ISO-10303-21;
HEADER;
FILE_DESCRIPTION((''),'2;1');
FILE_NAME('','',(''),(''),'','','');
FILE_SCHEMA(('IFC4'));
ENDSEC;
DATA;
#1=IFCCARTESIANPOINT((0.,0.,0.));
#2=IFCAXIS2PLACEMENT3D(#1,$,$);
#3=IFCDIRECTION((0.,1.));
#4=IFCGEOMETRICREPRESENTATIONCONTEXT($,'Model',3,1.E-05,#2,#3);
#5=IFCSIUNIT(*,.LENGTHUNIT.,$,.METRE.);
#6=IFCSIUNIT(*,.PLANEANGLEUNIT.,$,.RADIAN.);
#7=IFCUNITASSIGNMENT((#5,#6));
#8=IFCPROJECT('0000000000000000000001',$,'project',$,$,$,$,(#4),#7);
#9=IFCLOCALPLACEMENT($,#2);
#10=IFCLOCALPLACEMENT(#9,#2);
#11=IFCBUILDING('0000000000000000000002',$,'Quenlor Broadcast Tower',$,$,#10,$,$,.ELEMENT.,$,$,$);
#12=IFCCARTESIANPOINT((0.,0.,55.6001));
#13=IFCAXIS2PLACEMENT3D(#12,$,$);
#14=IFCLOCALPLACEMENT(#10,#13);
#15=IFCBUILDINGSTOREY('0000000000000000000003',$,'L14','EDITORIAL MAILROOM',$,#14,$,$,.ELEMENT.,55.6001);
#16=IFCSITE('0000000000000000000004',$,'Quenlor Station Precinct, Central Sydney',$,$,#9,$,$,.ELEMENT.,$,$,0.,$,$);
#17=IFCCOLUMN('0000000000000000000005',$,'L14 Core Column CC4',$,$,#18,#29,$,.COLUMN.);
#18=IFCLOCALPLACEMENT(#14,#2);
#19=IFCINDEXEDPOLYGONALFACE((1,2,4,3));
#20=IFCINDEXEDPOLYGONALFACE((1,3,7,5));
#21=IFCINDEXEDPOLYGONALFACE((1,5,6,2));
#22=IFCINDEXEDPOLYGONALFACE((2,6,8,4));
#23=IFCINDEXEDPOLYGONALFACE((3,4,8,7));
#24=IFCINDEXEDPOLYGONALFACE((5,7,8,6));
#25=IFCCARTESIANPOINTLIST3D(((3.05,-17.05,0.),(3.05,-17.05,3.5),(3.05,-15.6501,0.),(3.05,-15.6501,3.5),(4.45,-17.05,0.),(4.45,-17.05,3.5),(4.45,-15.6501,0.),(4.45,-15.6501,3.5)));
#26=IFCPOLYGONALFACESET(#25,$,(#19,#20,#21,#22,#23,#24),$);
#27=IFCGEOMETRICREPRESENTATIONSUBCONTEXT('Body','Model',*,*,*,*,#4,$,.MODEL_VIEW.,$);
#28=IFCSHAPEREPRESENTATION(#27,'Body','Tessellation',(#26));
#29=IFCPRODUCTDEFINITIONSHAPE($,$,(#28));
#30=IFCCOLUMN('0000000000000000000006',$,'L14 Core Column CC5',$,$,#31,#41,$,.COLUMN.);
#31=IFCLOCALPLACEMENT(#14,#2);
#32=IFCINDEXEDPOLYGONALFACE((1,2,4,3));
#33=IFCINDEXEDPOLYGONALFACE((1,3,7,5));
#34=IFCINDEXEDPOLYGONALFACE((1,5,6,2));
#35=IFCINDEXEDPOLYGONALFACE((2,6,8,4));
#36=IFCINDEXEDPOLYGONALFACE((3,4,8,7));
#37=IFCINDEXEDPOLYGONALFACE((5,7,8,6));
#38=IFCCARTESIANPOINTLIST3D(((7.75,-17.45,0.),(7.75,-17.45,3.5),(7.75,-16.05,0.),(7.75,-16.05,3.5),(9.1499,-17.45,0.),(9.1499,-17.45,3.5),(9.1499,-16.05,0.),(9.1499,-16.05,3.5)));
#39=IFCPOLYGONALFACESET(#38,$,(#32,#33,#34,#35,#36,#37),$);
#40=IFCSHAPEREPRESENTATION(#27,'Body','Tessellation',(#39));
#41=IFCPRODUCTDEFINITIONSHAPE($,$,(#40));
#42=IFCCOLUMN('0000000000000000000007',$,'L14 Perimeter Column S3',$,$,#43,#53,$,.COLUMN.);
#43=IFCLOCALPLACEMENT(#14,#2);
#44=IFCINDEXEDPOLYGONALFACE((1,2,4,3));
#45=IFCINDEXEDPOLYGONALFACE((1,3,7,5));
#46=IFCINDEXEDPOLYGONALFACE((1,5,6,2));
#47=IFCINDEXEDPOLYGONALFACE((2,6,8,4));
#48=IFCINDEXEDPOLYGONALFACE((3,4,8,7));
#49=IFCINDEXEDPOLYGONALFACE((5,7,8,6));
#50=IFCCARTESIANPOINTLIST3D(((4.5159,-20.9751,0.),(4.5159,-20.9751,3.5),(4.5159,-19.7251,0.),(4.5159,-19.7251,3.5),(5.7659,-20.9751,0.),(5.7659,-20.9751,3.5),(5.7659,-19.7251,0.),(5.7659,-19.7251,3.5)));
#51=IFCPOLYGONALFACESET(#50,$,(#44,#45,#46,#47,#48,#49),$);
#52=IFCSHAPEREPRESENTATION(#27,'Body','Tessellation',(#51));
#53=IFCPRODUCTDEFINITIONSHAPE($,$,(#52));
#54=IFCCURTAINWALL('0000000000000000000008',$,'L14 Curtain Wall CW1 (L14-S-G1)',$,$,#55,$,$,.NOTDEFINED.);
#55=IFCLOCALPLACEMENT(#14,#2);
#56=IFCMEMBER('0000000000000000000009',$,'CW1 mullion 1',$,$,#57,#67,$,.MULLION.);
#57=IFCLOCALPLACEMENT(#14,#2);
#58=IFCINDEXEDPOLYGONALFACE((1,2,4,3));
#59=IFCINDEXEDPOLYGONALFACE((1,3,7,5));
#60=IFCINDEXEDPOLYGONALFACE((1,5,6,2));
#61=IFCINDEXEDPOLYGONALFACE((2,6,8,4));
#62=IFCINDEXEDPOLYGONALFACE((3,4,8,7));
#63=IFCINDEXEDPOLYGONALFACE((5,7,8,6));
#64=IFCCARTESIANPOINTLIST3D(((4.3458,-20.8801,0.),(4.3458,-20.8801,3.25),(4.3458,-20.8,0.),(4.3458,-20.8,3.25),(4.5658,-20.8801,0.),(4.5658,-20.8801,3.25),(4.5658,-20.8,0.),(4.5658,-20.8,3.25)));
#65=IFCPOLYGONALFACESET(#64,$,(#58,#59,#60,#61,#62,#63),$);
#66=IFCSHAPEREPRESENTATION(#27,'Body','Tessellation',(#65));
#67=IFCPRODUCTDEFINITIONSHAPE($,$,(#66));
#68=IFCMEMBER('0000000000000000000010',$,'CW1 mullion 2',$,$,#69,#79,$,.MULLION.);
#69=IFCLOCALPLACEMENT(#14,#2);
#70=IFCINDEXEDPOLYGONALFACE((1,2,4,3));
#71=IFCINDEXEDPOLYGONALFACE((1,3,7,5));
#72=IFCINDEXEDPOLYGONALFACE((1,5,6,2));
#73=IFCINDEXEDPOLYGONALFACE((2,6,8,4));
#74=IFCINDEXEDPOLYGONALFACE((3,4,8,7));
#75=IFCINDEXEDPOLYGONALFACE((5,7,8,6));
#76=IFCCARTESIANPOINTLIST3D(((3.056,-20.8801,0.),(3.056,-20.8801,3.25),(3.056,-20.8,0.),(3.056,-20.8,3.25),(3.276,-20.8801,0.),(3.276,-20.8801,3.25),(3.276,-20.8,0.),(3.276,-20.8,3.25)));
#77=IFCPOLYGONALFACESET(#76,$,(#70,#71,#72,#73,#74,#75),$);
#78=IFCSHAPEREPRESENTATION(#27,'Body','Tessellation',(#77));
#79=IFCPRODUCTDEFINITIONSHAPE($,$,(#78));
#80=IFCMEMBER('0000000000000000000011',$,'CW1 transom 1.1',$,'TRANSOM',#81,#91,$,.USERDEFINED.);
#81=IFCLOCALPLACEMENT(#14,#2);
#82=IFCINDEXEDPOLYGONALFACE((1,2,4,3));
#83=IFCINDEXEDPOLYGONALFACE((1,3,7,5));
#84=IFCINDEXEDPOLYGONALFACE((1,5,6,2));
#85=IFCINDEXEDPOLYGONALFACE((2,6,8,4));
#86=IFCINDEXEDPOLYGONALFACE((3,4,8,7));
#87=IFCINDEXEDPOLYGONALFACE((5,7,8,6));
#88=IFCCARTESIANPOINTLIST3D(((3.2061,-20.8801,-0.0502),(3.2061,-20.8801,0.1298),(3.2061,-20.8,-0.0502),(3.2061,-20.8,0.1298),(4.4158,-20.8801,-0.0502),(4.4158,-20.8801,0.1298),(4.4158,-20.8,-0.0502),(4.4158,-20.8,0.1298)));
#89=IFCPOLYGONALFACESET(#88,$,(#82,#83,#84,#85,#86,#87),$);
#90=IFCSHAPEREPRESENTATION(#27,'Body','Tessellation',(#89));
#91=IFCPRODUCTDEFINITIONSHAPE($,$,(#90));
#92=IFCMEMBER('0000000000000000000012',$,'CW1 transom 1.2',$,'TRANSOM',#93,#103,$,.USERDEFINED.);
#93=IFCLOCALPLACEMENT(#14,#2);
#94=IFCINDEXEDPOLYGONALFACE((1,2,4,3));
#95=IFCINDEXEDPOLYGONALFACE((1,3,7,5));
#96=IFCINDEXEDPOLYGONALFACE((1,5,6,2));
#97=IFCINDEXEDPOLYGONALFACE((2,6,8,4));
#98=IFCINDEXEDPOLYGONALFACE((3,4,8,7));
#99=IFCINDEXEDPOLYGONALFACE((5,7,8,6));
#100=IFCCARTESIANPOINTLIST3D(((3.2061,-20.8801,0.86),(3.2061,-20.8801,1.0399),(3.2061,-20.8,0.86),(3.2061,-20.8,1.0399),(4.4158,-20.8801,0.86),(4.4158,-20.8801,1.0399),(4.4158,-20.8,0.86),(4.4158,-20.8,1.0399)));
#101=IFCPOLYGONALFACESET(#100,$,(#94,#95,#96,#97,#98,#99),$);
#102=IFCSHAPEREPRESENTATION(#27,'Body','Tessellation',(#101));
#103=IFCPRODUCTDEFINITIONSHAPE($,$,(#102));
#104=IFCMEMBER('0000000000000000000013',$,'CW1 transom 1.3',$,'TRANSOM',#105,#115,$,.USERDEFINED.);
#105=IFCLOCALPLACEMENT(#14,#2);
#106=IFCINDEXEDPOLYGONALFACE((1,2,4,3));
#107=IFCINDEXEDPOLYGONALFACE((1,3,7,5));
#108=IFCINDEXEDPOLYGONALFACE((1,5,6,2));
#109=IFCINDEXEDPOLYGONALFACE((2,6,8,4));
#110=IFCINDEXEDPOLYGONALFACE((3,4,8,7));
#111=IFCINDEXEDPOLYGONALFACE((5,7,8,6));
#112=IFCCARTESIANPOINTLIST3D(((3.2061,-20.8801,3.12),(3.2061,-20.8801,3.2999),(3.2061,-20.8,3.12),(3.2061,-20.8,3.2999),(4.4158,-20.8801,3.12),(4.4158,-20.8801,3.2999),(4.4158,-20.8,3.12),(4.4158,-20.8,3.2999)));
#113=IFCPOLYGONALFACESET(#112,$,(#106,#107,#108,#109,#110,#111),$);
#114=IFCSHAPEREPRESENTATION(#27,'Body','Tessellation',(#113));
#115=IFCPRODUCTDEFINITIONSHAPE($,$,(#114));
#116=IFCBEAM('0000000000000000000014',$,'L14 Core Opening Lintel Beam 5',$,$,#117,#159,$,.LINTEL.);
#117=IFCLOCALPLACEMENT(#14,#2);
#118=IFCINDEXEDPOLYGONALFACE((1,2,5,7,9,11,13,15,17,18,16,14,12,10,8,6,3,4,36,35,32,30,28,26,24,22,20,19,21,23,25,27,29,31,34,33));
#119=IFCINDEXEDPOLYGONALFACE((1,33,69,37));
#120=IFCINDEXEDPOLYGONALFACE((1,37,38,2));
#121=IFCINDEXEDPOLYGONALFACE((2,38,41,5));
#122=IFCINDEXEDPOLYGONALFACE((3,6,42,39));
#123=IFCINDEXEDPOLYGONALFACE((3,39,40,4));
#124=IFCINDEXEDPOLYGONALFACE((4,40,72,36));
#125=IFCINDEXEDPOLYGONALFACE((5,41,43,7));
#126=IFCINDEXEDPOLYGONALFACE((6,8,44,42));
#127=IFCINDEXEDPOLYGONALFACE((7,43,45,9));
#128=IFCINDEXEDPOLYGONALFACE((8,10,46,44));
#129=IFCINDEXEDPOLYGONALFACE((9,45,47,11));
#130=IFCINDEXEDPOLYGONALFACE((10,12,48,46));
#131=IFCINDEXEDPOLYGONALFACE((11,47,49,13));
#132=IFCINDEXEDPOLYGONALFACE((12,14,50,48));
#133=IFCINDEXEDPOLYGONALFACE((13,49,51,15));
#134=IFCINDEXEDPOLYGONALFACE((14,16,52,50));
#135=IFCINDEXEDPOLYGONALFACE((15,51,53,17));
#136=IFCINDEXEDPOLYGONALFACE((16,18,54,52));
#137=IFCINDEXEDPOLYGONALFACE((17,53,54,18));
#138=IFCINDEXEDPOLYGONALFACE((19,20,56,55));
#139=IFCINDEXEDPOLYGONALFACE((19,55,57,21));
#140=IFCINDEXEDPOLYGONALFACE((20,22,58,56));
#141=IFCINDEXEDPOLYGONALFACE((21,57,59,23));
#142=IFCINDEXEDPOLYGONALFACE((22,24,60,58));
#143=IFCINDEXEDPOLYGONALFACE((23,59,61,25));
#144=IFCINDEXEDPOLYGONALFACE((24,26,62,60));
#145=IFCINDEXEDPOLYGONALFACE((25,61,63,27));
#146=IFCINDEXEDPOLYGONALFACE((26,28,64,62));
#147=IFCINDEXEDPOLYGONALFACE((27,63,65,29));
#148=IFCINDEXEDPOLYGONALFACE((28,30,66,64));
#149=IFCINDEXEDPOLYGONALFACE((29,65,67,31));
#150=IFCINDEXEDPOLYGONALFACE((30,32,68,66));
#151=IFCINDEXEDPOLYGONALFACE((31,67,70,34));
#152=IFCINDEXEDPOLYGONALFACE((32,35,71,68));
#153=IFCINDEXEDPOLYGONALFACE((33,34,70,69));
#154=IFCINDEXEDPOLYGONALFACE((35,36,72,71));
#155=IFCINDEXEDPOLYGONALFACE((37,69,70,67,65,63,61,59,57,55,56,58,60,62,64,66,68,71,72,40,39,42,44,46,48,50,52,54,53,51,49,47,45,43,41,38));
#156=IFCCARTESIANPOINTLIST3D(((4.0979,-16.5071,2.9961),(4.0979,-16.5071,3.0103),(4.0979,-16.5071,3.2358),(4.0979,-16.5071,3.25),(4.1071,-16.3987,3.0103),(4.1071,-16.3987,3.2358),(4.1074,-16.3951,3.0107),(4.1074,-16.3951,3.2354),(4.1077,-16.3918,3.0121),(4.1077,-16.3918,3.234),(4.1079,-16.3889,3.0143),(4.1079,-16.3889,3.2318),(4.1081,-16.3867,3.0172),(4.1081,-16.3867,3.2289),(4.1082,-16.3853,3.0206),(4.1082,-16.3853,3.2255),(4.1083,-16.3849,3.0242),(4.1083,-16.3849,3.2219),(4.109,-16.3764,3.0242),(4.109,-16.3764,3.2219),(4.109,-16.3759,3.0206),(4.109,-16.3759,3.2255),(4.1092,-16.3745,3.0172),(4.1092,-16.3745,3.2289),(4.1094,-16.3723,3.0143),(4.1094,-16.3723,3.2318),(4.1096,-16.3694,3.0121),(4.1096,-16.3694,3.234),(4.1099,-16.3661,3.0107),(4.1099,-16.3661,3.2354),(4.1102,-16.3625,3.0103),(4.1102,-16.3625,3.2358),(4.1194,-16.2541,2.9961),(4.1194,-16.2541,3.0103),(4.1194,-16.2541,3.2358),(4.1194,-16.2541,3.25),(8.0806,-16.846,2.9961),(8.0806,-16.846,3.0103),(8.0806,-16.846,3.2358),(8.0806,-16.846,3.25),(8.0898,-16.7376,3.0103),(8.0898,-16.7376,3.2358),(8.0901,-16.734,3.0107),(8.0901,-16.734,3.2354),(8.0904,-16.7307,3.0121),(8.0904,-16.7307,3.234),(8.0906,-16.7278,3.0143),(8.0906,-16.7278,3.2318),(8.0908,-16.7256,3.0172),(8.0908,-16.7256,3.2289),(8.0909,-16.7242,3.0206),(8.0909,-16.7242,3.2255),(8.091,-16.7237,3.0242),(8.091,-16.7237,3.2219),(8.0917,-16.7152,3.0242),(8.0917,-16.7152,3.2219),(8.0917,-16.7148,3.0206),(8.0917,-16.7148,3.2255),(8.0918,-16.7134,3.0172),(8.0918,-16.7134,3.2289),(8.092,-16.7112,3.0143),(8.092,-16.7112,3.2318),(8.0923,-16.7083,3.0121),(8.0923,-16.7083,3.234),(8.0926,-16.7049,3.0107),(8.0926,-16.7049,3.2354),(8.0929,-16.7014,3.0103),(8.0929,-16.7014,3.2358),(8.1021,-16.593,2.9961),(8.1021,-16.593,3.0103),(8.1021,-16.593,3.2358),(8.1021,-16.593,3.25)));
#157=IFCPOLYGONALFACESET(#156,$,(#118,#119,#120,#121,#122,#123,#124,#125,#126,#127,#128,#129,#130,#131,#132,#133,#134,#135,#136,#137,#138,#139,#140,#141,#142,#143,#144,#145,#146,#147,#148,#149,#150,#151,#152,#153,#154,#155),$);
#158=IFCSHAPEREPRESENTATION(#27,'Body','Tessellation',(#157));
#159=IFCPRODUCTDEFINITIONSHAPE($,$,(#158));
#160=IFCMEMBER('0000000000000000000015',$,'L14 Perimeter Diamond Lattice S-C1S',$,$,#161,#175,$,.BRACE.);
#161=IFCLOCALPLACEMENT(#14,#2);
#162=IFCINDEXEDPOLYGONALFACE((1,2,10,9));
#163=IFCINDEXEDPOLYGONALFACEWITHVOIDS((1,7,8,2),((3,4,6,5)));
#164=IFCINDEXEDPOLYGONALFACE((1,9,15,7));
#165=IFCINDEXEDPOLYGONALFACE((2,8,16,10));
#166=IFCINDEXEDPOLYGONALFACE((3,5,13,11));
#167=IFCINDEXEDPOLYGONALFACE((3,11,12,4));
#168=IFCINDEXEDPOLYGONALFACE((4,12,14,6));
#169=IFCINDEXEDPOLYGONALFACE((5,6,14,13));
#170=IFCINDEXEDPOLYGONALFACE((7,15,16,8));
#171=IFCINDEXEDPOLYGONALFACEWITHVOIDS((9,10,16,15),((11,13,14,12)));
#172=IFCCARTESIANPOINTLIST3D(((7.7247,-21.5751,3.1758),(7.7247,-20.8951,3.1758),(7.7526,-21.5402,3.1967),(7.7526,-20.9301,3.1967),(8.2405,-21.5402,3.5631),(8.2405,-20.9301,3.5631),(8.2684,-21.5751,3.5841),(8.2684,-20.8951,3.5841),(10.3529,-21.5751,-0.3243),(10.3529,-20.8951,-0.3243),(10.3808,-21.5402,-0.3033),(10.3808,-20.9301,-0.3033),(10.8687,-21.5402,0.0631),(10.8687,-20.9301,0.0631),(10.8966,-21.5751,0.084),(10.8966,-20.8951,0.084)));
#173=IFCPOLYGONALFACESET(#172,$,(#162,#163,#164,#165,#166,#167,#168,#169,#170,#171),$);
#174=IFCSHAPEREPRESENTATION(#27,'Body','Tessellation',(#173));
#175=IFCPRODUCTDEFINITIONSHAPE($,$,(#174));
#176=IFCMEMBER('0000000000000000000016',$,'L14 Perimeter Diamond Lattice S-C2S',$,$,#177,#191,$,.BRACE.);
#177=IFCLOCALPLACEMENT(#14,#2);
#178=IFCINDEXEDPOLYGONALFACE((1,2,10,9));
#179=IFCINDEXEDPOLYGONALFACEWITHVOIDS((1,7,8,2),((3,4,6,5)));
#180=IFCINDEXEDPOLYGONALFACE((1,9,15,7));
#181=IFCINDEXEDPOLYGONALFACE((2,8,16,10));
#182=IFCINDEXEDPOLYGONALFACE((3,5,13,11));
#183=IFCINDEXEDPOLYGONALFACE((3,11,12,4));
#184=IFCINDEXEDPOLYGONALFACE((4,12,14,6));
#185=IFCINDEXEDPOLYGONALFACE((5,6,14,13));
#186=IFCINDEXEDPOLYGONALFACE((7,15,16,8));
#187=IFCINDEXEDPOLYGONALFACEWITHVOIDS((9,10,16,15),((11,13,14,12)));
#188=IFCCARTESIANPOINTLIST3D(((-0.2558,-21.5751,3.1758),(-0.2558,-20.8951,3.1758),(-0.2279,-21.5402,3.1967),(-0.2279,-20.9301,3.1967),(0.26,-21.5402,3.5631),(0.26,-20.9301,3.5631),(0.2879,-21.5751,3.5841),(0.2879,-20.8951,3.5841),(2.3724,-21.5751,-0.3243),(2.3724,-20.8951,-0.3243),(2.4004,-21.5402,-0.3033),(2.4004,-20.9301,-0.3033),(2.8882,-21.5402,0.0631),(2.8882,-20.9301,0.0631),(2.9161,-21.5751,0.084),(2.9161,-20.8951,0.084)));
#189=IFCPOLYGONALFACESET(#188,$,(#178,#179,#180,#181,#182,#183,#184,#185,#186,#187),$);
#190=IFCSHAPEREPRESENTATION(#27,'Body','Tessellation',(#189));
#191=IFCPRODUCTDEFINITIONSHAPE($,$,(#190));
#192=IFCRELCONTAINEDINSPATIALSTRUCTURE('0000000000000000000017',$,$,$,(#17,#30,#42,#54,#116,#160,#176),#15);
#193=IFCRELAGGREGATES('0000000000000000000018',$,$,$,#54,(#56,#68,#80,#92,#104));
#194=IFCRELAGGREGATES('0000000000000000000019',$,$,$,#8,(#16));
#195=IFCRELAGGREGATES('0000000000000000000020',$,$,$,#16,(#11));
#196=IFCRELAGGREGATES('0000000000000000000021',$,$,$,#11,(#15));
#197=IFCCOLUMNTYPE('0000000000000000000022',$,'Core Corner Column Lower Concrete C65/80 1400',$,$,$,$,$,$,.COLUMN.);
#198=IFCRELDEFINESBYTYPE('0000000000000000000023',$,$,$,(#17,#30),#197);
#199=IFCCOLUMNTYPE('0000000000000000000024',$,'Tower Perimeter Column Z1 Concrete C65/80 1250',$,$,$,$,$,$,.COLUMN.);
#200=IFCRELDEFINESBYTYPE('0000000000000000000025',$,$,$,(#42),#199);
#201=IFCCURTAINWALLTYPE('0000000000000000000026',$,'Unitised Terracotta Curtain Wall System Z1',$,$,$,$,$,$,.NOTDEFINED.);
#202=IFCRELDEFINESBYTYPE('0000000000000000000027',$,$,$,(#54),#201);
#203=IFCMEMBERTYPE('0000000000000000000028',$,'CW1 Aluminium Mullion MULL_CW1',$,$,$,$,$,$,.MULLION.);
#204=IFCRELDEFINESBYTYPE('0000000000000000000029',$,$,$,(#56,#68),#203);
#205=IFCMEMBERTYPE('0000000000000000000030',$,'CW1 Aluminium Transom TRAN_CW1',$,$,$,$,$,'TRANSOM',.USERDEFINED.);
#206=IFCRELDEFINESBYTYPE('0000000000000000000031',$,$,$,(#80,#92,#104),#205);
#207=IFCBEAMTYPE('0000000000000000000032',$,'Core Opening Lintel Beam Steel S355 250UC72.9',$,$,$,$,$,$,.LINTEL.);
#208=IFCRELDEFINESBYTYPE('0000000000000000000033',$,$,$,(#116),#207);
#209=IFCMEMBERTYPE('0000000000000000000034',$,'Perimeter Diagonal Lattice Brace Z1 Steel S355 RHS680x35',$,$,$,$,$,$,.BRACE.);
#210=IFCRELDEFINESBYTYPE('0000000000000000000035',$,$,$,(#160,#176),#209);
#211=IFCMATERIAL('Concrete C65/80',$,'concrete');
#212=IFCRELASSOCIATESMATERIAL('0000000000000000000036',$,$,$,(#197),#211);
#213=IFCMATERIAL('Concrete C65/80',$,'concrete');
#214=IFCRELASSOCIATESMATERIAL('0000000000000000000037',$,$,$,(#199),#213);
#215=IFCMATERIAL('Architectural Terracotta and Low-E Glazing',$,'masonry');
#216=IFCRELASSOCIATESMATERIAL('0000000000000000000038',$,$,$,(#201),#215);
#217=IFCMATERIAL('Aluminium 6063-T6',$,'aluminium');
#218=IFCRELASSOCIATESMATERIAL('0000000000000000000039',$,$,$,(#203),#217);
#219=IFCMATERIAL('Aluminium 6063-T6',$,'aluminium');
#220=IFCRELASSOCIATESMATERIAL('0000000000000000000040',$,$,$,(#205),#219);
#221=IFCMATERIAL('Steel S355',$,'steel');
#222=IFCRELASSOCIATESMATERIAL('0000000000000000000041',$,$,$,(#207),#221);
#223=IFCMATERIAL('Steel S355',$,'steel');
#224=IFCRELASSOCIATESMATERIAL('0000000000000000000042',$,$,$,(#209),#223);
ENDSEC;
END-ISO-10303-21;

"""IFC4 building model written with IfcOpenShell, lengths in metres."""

from ifc_helpers import new_model, si_unit, direction, frame, origin, origin_2d, place, context, subcontext, project, spatial, rectangle, hollow_rectangle, i_section, extrude, material, material_profile, profile_set, type_object, element, aggregate, save


model = new_model("IFC4")

# Units and contexts
model_context = context("Model", 3, precision=1e-05, world=origin(), true_north=direction((0.0, 1.0)))
body_context = subcontext(model_context, "Body", "Model", "MODEL_VIEW")
ifc_project = project(units=[si_unit("LENGTHUNIT", "METRE"), si_unit("PLANEANGLEUNIT", "RADIAN")], contexts=[model_context])

# Site, building, storey
site_placement = place(None, origin())
site = spatial("IfcSite", under=ifc_project, at=site_placement, Name="Quenlor Station Precinct, Central Sydney", CompositionType="ELEMENT", RefElevation=0.0)
building_placement = place(site_placement, origin())
building = spatial("IfcBuilding", under=site, at=building_placement, Name="Quenlor Broadcast Tower", CompositionType="ELEMENT")
storey_placement = place(building_placement, frame((0.0, 0.0, 55.6001)))
storey = spatial("IfcBuildingStorey", under=building, at=storey_placement, Name="L14", Description="EDITORIAL MAILROOM", CompositionType="ELEMENT", Elevation=55.6001)

# Columns
ifc_material_1 = material(Name="Concrete C65/80", Category="concrete")
ifc_material_profile_1 = material_profile(ifc_material_1, rectangle(XDim=1.3999, YDim=1.3999, at=origin_2d()))
ifc_profile_set_1 = profile_set([ifc_material_profile_1], Name="Concrete C65/80 RC1400x1400")
column_type_1 = type_object("IfcColumnType", Name="Core Corner Column Lower Concrete C65/80 1400", PredefinedType="COLUMN", material=ifc_profile_set_1)
for number, where, z_axis, x_axis, name in (
    (1, (3.75, -16.3501, 0.0), (0.0, 0.0, 1.0), (1.0, 0.0, 0.0), "L14 Core Column CC4"),
    (2, (8.45, -16.75, 0.0), (0.0, 0.0, 1.0), (1.0, 0.0, 0.0), "L14 Core Column CC5"),
):
    element("IfcColumn", number, at=place(storey_placement, frame(where, z_axis=z_axis, x_axis=x_axis)), inside=storey, type_object=column_type_1, Name=name, PredefinedType="COLUMN", context=body_context, shape_type="SweptSolid", body=[
        extrude(rectangle(XDim=1.3999, YDim=1.3999, at=origin_2d()), origin(), (0.0, 0.0, 1.0), 3.5),
    ])
ifc_material_2 = material(Name="Concrete C65/80", Category="concrete")
ifc_material_profile_2 = material_profile(ifc_material_2, rectangle(XDim=1.25, YDim=1.25, at=origin_2d()))
ifc_profile_set_2 = profile_set([ifc_material_profile_2], Name="Concrete C65/80 RC1250x1250")
column_type_2 = type_object("IfcColumnType", Name="Tower Perimeter Column Z1 Concrete C65/80 1250", PredefinedType="COLUMN", material=ifc_profile_set_2)
column_placement = place(storey_placement, frame((5.1409, -20.3501, 0.0), z_axis=(0.0, 0.0, 1.0), x_axis=(0.0, 1.0, 0.0)))
element("IfcColumn", 3, at=column_placement, inside=storey, type_object=column_type_2, Name="L14 Perimeter Column S3", PredefinedType="COLUMN", context=body_context, shape_type="SweptSolid", body=[
    extrude(rectangle(XDim=1.25, YDim=1.25, at=origin_2d()), origin(), (0.0, 0.0, 1.0), 3.5),
])

# Curtain wall, members
ifc_material_3 = material(Name="Architectural Terracotta and Low-E Glazing", Category="masonry")
curtain_wall_type = type_object("IfcCurtainWallType", Name="Unitised Terracotta Curtain Wall System Z1", PredefinedType="NOTDEFINED", material=ifc_material_3)
curtain_wall_placement = place(storey_placement, origin())
curtain_wall = element("IfcCurtainWall", 4, at=curtain_wall_placement, inside=storey, type_object=curtain_wall_type, Name="L14 Curtain Wall CW1 (L14-S-G1)", PredefinedType="NOTDEFINED")
ifc_material_4 = material(Name="Aluminium 6063-T6", Category="aluminium")
ifc_material_profile_3 = material_profile(ifc_material_4, rectangle(XDim=0.0801, YDim=0.22, at=origin_2d()))
ifc_profile_set_3 = profile_set([ifc_material_profile_3], Name="Aluminium 6063-T6 MULL80x220")
member_type_1 = type_object("IfcMemberType", Name="CW1 Aluminium Mullion MULL_CW1", PredefinedType="MULLION", material=ifc_profile_set_3)
member_1_placement = place(storey_placement, frame((4.4558, -20.8401, 0.0), z_axis=(0.0, 0.0, 1.0), x_axis=(0.0, -1.0, 0.0)))
member_1 = element("IfcMember", 5, at=member_1_placement, type_object=member_type_1, Name="CW1 mullion 1", PredefinedType="MULLION", context=body_context, shape_type="SweptSolid", body=[
    extrude(rectangle(XDim=0.0801, YDim=0.22, at=origin_2d()), origin(), (0.0, 0.0, 1.0), 3.25),
])
member_2_placement = place(storey_placement, frame((3.166, -20.8401, 0.0), z_axis=(0.0, 0.0, 1.0), x_axis=(0.0, -1.0, 0.0)))
member_2 = element("IfcMember", 6, at=member_2_placement, type_object=member_type_1, Name="CW1 mullion 2", PredefinedType="MULLION", context=body_context, shape_type="SweptSolid", body=[
    extrude(rectangle(XDim=0.0801, YDim=0.22, at=origin_2d()), origin(), (0.0, 0.0, 1.0), 3.25),
])
ifc_material_5 = material(Name="Aluminium 6063-T6", Category="aluminium")
ifc_material_profile_4 = material_profile(ifc_material_5, rectangle(XDim=0.0801, YDim=0.1799, at=origin_2d()))
ifc_profile_set_4 = profile_set([ifc_material_profile_4], Name="Aluminium 6063-T6 TRAN80x180")
member_type_2 = type_object("IfcMemberType", Name="CW1 Aluminium Transom TRAN_CW1", ElementType="TRANSOM", PredefinedType="USERDEFINED", material=ifc_profile_set_4)
member_3_placement = place(storey_placement, frame((4.4158, -20.8401, 0.0398), z_axis=(-1.0, 0.0, 0.0), x_axis=(0.0, -1.0, 0.0)))
member_3 = element("IfcMember", 7, at=member_3_placement, type_object=member_type_2, Name="CW1 transom 1.1", ObjectType="TRANSOM", PredefinedType="USERDEFINED", context=body_context, shape_type="SweptSolid", body=[
    extrude(rectangle(XDim=0.0801, YDim=0.1799, at=origin_2d()), origin(), (0.0, 0.0, 1.0), 1.2097),
])
member_4_placement = place(storey_placement, frame((4.4158, -20.8401, 0.95), z_axis=(-1.0, 0.0, 0.0), x_axis=(0.0, -1.0, 0.0)))
member_4 = element("IfcMember", 8, at=member_4_placement, type_object=member_type_2, Name="CW1 transom 1.2", ObjectType="TRANSOM", PredefinedType="USERDEFINED", context=body_context, shape_type="SweptSolid", body=[
    extrude(rectangle(XDim=0.0801, YDim=0.1799, at=origin_2d()), origin(), (0.0, 0.0, 1.0), 1.2097),
])
member_5_placement = place(storey_placement, frame((4.4158, -20.8401, 3.21), z_axis=(-1.0, 0.0, 0.0), x_axis=(0.0, -1.0, 0.0)))
member_5 = element("IfcMember", 9, at=member_5_placement, type_object=member_type_2, Name="CW1 transom 1.3", ObjectType="TRANSOM", PredefinedType="USERDEFINED", context=body_context, shape_type="SweptSolid", body=[
    extrude(rectangle(XDim=0.0801, YDim=0.1799, at=origin_2d()), origin(), (0.0, 0.0, 1.0), 1.2097),
])

# Beam
ifc_material_6 = material(Name="Steel S355", Category="steel")
ifc_material_profile_5 = material_profile(ifc_material_6, i_section(OverallWidth=0.2539, OverallDepth=0.2539, WebThickness=0.0085, FlangeThickness=0.0142, FilletRadius=0.0139, at=origin_2d()))
ifc_profile_set_5 = profile_set([ifc_material_profile_5], Name="Steel S355 250UC72.9")
beam_type_1 = type_object("IfcBeamType", Name="Core Opening Lintel Beam Steel S355 250UC72.9", PredefinedType="LINTEL", material=ifc_profile_set_5)
beam_1_placement = place(storey_placement, frame((4.1086, -16.3806, 3.123), z_axis=(0.9964, -0.084779, 0.0), x_axis=(0.084779, 0.9964, 0.0)))
element("IfcBeam", 10, at=beam_1_placement, inside=storey, type_object=beam_type_1, Name="L14 Core Opening Lintel Beam 5", PredefinedType="LINTEL", context=body_context, shape_type="SweptSolid", body=[
    extrude(i_section(OverallWidth=0.2539, OverallDepth=0.2539, WebThickness=0.0085, FlangeThickness=0.0142, FilletRadius=0.0139, at=origin_2d()), origin(), (0.0, 0.0, 1.0), 3.9971),
])

# Members
ifc_material_7 = material(Name="Steel S355", Category="steel")
ifc_material_profile_6 = material_profile(ifc_material_7, hollow_rectangle(XDim=0.6799, YDim=0.6799, WallThickness=0.0349, at=origin_2d()))
ifc_profile_set_6 = profile_set([ifc_material_profile_6], Name="Steel S355 RHS680x680x35")
member_type_3 = type_object("IfcMemberType", Name="Perimeter Diagonal Lattice Brace Z1 Steel S355 RHS680x35", PredefinedType="BRACE", material=ifc_profile_set_6)
for number, where, z_axis, x_axis, name in (
    (11, (10.6248, -21.2351, -0.1201), (-0.600464, 0.0, 0.799652), (0.0, -1.0, 0.0), "L14 Perimeter Diamond Lattice S-C1S"),
    (12, (2.6443, -21.2351, -0.1201), (-0.600464, 0.0, 0.799652), (0.0, -1.0, 0.0), "L14 Perimeter Diamond Lattice S-C2S"),
):
    element("IfcMember", number, at=place(storey_placement, frame(where, z_axis=z_axis, x_axis=x_axis)), inside=storey, type_object=member_type_3, Name=name, PredefinedType="BRACE", context=body_context, shape_type="SweptSolid", body=[
        extrude(hollow_rectangle(XDim=0.6799, YDim=0.6799, WallThickness=0.0349, at=origin_2d()), origin(), (0.0, 0.0, 1.0), 4.377),
    ])

aggregate(curtain_wall, [member_1, member_2, member_3, member_4, member_5])

save(model, "model.ifc")
